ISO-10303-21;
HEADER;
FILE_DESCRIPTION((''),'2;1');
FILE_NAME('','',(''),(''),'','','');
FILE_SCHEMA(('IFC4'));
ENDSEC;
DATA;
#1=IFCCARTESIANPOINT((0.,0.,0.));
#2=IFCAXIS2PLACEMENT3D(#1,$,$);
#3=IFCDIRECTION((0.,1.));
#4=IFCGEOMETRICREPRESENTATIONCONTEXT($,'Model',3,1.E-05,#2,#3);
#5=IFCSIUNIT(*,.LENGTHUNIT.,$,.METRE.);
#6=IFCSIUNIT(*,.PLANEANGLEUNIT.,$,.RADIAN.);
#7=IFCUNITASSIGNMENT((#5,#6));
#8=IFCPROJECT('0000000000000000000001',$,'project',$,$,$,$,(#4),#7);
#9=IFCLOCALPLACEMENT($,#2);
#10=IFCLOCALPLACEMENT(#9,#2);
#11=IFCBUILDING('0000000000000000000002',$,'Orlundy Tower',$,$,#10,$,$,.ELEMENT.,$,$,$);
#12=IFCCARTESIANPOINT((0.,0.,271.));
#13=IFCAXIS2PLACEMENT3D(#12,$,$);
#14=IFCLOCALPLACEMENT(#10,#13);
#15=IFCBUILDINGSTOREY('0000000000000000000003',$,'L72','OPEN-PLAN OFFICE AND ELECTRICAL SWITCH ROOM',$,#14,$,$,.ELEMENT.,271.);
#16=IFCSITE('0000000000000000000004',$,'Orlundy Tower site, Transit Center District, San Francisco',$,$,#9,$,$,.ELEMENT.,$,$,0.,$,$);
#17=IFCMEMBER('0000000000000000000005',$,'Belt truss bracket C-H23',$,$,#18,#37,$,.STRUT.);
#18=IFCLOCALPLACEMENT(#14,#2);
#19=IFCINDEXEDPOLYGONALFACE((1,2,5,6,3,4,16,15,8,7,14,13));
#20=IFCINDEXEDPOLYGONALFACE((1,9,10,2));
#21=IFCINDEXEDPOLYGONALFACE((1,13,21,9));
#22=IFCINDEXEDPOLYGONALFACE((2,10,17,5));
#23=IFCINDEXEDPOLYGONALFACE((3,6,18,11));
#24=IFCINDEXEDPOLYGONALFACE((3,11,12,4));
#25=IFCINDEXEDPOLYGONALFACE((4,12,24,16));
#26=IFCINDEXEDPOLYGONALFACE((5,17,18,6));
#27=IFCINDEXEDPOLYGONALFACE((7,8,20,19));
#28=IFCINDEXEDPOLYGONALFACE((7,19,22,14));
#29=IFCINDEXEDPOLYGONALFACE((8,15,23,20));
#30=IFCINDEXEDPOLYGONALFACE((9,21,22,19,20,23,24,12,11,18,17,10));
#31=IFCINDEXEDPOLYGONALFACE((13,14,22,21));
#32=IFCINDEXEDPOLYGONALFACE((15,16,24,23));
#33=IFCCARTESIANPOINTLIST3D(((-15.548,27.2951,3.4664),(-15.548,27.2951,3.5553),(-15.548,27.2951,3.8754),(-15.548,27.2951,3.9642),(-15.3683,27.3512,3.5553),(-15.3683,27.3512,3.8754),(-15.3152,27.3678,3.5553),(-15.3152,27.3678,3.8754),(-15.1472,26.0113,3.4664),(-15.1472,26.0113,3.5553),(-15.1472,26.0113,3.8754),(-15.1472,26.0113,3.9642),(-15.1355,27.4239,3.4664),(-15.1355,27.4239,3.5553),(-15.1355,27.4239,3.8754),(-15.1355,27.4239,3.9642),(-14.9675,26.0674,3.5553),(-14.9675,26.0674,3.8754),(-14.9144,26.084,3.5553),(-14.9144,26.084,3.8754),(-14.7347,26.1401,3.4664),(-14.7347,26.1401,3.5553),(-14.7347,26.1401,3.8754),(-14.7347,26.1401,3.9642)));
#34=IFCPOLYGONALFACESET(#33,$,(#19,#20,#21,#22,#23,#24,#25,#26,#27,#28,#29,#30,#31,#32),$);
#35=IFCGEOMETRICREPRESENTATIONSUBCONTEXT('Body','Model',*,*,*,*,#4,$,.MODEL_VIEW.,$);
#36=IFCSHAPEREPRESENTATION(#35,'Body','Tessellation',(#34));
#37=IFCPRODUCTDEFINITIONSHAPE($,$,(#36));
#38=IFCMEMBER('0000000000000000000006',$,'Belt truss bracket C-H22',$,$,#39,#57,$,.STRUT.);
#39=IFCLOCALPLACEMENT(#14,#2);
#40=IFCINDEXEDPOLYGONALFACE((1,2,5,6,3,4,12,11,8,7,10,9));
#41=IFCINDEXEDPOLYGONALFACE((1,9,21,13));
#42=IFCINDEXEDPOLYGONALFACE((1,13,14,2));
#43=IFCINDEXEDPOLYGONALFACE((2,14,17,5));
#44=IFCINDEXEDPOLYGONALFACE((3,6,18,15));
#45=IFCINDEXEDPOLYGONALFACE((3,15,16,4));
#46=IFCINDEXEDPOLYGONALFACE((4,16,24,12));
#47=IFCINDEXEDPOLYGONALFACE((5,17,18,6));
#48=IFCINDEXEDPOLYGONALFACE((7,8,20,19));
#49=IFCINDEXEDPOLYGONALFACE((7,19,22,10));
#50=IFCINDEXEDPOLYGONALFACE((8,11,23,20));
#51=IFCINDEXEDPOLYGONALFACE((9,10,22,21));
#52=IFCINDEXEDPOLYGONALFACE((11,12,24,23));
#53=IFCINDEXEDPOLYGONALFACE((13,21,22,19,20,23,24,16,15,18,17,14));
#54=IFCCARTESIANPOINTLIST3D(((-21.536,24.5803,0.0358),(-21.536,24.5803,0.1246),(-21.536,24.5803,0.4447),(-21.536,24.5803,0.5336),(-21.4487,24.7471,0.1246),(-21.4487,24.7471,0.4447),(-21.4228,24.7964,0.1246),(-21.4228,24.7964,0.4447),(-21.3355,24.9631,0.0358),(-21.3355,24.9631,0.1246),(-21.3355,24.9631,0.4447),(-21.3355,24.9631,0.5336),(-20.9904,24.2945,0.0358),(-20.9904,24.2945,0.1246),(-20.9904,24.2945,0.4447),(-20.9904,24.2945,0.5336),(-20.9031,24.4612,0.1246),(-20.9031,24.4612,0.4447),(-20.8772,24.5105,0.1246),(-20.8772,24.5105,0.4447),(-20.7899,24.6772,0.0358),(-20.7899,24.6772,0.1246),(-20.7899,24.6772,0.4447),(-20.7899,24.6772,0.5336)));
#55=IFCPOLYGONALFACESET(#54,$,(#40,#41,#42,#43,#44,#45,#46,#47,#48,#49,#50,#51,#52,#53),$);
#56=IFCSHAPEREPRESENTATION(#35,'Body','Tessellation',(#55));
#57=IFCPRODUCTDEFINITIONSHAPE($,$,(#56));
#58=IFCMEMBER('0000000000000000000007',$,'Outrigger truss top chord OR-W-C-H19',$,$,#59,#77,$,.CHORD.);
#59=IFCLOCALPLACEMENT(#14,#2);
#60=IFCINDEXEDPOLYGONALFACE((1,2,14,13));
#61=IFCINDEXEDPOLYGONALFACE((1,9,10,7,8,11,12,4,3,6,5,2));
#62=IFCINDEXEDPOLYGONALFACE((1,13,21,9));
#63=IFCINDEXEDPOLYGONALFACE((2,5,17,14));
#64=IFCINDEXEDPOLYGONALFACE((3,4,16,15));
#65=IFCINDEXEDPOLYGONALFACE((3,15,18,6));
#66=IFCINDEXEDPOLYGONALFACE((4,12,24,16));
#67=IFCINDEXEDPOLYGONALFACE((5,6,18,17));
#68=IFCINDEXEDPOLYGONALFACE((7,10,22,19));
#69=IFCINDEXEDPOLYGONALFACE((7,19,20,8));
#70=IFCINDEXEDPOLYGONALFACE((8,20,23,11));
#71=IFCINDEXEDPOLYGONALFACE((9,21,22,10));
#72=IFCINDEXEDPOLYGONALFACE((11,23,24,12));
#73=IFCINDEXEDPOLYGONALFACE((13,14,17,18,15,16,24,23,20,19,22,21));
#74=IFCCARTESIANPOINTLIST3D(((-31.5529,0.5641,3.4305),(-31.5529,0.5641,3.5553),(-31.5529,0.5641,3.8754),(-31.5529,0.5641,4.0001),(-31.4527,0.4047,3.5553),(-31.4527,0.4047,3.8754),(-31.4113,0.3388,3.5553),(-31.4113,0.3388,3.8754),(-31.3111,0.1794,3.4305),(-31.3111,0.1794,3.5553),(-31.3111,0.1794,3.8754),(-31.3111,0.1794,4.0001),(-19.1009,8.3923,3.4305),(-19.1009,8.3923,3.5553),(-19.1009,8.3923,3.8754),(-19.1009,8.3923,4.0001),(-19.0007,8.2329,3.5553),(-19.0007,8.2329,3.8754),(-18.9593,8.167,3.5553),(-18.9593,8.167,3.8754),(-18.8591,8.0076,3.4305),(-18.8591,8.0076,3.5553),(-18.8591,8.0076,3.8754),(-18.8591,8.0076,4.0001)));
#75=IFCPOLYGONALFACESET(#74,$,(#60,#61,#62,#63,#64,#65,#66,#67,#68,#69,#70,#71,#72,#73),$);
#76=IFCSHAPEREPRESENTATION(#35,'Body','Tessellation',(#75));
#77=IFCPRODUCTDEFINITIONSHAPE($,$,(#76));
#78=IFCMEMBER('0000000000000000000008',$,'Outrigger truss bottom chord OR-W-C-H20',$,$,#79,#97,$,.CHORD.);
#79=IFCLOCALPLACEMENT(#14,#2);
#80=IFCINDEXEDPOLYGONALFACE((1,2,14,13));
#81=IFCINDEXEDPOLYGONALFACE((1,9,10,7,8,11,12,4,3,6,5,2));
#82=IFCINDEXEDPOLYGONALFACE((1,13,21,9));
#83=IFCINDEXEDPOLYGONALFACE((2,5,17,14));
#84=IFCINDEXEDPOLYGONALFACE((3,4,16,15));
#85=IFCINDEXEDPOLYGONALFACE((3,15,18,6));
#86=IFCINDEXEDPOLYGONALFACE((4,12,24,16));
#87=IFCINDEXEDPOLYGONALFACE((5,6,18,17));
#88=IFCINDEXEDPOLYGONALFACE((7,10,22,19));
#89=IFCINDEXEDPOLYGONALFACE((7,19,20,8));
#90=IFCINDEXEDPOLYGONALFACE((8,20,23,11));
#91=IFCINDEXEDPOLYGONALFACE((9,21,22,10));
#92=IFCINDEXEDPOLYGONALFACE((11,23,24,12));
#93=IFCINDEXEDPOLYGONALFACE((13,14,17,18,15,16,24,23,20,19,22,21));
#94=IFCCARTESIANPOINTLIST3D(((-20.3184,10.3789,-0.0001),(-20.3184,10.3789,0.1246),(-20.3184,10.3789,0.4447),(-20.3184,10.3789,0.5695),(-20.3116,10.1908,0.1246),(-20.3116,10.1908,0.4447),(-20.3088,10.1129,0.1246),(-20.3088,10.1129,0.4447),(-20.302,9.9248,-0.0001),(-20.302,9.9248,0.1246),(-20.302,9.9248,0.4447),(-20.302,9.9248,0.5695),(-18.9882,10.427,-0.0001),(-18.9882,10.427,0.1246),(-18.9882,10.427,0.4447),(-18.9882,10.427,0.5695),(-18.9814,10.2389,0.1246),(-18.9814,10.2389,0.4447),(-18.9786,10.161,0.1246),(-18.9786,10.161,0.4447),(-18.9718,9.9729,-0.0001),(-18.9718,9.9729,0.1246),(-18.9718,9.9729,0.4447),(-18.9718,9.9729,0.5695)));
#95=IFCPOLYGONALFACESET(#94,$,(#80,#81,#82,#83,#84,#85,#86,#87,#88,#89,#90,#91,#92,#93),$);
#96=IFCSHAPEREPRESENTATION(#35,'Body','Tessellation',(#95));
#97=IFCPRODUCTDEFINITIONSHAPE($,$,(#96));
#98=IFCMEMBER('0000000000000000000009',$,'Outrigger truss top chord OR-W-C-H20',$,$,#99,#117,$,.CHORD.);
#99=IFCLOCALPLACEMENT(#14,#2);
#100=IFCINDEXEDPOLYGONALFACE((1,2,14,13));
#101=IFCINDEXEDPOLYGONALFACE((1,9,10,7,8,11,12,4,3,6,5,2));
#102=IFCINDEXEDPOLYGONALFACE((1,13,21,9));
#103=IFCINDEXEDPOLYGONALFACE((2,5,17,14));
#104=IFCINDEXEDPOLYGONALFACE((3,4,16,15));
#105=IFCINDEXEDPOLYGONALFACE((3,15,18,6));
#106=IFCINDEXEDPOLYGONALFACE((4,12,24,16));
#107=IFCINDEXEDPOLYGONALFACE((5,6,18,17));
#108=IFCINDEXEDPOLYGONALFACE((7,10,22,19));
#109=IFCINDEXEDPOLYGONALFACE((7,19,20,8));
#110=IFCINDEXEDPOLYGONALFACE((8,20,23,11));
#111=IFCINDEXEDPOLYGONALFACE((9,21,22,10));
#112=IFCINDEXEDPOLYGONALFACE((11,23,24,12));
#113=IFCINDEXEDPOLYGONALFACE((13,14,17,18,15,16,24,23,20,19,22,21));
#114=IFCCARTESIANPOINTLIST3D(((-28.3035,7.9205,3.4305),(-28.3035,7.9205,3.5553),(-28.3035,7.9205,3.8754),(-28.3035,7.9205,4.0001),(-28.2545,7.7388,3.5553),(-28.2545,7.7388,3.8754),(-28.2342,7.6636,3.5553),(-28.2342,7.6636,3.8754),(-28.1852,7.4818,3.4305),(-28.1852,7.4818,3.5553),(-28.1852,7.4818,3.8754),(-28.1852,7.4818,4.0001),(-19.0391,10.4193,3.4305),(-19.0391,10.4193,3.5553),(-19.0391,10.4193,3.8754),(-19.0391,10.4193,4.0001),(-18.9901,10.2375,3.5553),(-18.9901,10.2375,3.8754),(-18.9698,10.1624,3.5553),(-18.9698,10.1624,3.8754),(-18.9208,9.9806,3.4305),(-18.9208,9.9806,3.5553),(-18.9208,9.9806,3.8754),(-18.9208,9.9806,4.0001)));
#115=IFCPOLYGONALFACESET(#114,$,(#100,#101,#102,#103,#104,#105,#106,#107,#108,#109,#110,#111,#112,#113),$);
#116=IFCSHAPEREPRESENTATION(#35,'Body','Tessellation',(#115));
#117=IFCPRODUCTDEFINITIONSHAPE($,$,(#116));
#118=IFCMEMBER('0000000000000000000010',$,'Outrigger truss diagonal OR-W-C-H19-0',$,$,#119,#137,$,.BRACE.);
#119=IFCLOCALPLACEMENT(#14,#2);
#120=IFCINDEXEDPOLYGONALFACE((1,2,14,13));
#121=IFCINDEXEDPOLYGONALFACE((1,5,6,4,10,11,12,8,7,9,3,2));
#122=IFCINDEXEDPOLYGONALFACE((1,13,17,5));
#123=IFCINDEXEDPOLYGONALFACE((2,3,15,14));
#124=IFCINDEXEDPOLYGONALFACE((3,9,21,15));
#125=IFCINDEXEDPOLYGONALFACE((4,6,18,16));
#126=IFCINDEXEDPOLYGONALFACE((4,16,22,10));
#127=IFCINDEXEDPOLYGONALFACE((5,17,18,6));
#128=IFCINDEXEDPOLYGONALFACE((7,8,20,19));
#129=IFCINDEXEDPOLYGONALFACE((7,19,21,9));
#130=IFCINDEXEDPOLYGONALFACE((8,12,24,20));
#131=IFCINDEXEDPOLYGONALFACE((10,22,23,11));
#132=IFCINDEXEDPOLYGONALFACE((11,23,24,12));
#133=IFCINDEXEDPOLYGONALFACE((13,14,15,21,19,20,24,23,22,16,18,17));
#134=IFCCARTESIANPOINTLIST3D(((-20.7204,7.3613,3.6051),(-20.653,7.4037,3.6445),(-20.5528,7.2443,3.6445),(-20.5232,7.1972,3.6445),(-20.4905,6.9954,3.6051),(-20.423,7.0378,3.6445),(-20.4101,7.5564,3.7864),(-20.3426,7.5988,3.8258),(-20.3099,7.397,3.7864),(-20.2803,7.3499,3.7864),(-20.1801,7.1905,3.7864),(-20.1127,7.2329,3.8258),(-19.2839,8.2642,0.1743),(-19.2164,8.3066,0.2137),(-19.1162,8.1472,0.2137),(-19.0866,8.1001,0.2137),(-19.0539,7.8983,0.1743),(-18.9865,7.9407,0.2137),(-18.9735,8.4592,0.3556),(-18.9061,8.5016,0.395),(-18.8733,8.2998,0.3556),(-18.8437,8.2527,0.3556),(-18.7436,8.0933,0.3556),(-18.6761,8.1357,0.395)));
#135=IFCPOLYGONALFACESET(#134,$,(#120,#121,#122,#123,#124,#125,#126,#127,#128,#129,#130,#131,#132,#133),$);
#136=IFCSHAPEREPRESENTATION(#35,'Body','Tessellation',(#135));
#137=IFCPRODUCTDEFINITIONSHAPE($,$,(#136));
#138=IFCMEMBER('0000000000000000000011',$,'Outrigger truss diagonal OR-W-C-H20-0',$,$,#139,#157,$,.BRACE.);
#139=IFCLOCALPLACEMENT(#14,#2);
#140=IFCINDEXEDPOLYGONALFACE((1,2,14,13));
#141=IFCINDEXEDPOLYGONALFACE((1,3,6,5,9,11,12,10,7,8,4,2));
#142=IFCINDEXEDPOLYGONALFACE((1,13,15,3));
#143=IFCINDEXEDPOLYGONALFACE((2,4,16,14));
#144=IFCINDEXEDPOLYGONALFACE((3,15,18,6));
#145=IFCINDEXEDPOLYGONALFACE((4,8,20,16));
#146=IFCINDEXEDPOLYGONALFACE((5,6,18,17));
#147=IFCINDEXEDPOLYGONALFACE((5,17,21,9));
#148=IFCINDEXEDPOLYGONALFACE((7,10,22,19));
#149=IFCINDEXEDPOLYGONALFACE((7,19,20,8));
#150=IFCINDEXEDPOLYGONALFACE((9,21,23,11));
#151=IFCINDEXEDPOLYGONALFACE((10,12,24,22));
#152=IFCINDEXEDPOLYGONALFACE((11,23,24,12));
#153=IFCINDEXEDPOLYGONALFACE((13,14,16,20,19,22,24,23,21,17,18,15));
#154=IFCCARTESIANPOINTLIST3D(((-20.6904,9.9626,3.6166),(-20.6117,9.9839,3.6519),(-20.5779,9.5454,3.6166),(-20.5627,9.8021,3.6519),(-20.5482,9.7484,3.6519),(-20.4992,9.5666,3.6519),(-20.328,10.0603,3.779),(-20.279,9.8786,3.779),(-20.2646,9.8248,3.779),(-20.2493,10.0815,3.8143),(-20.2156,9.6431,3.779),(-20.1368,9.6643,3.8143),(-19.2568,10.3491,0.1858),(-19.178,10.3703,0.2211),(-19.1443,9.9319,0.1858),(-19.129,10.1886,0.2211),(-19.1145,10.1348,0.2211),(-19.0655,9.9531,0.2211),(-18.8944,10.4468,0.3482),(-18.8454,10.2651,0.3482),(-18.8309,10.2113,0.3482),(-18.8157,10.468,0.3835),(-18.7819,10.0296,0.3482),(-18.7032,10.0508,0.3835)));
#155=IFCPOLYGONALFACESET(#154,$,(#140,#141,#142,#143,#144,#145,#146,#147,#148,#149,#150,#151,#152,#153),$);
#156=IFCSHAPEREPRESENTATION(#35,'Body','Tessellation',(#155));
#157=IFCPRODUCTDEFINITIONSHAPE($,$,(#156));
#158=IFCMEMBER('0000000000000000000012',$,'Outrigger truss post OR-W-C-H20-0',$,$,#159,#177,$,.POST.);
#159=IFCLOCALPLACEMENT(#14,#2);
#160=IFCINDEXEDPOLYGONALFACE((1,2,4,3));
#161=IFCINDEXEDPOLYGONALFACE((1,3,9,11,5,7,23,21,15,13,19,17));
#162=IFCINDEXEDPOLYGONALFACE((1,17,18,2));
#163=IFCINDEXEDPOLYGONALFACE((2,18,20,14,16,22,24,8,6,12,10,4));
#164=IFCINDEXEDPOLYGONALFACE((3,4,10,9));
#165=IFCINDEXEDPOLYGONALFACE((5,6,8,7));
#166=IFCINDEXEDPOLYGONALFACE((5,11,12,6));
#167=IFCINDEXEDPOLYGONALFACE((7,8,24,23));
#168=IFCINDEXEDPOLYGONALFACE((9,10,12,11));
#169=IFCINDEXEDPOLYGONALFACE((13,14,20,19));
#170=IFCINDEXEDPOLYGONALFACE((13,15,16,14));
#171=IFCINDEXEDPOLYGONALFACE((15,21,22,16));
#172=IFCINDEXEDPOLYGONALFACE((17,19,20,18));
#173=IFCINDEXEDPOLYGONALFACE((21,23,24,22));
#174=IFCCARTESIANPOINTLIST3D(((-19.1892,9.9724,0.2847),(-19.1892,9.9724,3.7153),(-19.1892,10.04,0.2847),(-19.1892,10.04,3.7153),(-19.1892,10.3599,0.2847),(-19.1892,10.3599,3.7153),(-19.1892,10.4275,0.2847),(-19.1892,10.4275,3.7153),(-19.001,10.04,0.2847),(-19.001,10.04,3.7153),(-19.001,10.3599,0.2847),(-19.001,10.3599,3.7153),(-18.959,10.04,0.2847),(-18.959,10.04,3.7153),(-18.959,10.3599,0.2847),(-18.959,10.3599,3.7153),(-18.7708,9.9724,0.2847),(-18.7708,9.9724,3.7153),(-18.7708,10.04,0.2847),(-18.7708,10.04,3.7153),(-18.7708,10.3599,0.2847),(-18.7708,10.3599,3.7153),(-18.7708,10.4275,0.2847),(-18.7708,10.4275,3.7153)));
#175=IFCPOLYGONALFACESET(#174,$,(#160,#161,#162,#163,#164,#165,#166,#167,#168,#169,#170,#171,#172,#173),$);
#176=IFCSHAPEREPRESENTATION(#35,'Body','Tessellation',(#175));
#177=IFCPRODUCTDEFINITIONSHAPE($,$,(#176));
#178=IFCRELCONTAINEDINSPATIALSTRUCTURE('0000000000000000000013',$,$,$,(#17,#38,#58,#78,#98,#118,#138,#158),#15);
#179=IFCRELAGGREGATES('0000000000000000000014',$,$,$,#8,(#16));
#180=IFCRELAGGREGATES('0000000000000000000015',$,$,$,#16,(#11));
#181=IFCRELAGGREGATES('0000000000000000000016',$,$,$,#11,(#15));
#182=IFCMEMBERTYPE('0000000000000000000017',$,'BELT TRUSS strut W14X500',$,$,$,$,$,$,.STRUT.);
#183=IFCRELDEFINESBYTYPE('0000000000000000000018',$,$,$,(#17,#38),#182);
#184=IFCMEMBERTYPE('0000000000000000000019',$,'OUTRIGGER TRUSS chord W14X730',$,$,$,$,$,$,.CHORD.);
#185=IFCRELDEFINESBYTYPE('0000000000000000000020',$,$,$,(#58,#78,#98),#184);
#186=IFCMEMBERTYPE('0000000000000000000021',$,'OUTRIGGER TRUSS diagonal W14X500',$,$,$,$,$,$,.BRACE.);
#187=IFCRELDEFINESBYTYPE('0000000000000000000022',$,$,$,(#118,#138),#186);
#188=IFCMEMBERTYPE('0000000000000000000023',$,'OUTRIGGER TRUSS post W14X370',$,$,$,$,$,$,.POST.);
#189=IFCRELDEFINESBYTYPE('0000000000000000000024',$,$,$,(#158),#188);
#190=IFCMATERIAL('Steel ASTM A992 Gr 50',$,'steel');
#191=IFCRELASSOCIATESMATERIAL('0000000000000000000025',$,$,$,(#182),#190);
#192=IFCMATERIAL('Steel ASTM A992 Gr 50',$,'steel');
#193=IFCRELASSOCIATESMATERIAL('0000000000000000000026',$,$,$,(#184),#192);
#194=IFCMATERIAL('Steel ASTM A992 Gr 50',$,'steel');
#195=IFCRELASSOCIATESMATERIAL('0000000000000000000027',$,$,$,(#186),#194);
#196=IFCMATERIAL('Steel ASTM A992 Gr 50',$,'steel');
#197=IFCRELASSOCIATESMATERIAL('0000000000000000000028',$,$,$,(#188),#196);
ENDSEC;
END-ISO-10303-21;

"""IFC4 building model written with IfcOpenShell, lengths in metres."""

from ifc_helpers import new_model, si_unit, direction, frame, origin, origin_2d, place, context, subcontext, project, spatial, i_section, extrude, material, material_profile, profile_set, type_object, element, save


model = new_model("IFC4")

# Units and contexts
model_context = context("Model", 3, precision=1e-05, world=origin(), true_north=direction((0.0, 1.0)))
body_context = subcontext(model_context, "Body", "Model", "MODEL_VIEW")
ifc_project = project(units=[si_unit("LENGTHUNIT", "METRE"), si_unit("PLANEANGLEUNIT", "RADIAN")], contexts=[model_context])

# Site, building, storey
site_placement = place(None, origin())
site = spatial("IfcSite", under=ifc_project, at=site_placement, Name="Orlundy Tower site, Transit Center District, San Francisco", CompositionType="ELEMENT", RefElevation=0.0)
building_placement = place(site_placement, origin())
building = spatial("IfcBuilding", under=site, at=building_placement, Name="Orlundy Tower", CompositionType="ELEMENT")
storey_placement = place(building_placement, frame((0.0, 0.0, 271.0)))
storey = spatial("IfcBuildingStorey", under=building, at=storey_placement, Name="L72", Description="OPEN-PLAN OFFICE AND ELECTRICAL SWITCH ROOM", CompositionType="ELEMENT", Elevation=271.0)

# Members
ifc_material_1 = material(Name="Steel ASTM A992 Gr 50", Category="steel")
ifc_material_profile_1 = material_profile(ifc_material_1, i_section(OverallWidth=0.4321, OverallDepth=0.4978, WebThickness=0.0557, FlangeThickness=0.0889, at=origin_2d()), Name="W14X500")
ifc_profile_set_1 = profile_set([ifc_material_profile_1], Name="Steel ASTM A992 Gr 50")
member_type_1 = type_object("IfcMemberType", Name="BELT TRUSS strut W14X500", PredefinedType="STRUT", material=ifc_profile_set_1)
member_1_placement = place(storey_placement, frame((-14.9409, 26.0757, 3.7153), z_axis=(-0.298037, 0.954554, 0.0), x_axis=(-0.954554, -0.298037, 0.0)))
element("IfcMember", 1, at=member_1_placement, inside=storey, type_object=member_type_1, Name="Belt truss bracket C-H23", PredefinedType="STRUT", context=body_context, shape_type="SweptSolid", body=[
    extrude(i_section(OverallWidth=0.4321, OverallDepth=0.4978, WebThickness=0.0557, FlangeThickness=0.0889, at=origin_2d()), origin(), (0.0, 0.0, 1.0), 1.345),
])
member_2_placement = place(storey_placement, frame((-20.8901, 24.4858, 0.2847), z_axis=(-0.885785, 0.464096, 0.0), x_axis=(-0.464096, -0.885785, 0.0)))
element("IfcMember", 2, at=member_2_placement, inside=storey, type_object=member_type_1, Name="Belt truss bracket C-H22", PredefinedType="STRUT", context=body_context, shape_type="SweptSolid", body=[
    extrude(i_section(OverallWidth=0.4321, OverallDepth=0.4978, WebThickness=0.0557, FlangeThickness=0.0889, at=origin_2d()), origin(), (0.0, 0.0, 1.0), 0.616),
])
ifc_material_2 = material(Name="Steel ASTM A992 Gr 50", Category="steel")
ifc_material_profile_2 = material_profile(ifc_material_2, i_section(OverallWidth=0.4543, OverallDepth=0.5696, WebThickness=0.0779, FlangeThickness=0.1248, at=origin_2d()), Name="W14X730")
ifc_profile_set_2 = profile_set([ifc_material_profile_2], Name="Steel ASTM A992 Gr 50")
member_type_2 = type_object("IfcMemberType", Name="OUTRIGGER TRUSS chord W14X730", PredefinedType="CHORD", material=ifc_profile_set_2)
member_3_placement = place(storey_placement, frame((-18.98, 8.2, 3.7153), z_axis=(-0.846599, -0.532231, 0.0), x_axis=(0.532231, -0.846599, 0.0)))
element("IfcMember", 3, at=member_3_placement, inside=storey, type_object=member_type_2, Name="Outrigger truss top chord OR-W-C-H19", PredefinedType="CHORD", context=body_context, shape_type="SweptSolid", body=[
    extrude(i_section(OverallWidth=0.4543, OverallDepth=0.5696, WebThickness=0.0779, FlangeThickness=0.1248, at=origin_2d()), origin(), (0.0, 0.0, 1.0), 14.7083),
])
member_4_placement = place(storey_placement, frame((-18.98, 10.2, 0.2847), z_axis=(-0.999347, -0.036136, 0.0), x_axis=(0.036136, -0.999347, 0.0)))
element("IfcMember", 4, at=member_4_placement, inside=storey, type_object=member_type_2, Name="Outrigger truss bottom chord OR-W-C-H20", PredefinedType="CHORD", context=body_context, shape_type="SweptSolid", body=[
    extrude(i_section(OverallWidth=0.4543, OverallDepth=0.5696, WebThickness=0.0779, FlangeThickness=0.1248, at=origin_2d()), origin(), (0.0, 0.0, 1.0), 1.3311),
])
member_5_placement = place(storey_placement, frame((-18.98, 10.2, 3.7153), z_axis=(-0.965497, -0.260412, 0.0), x_axis=(0.260412, -0.965497, 0.0)))
element("IfcMember", 5, at=member_5_placement, inside=storey, type_object=member_type_2, Name="Outrigger truss top chord OR-W-C-H20", PredefinedType="CHORD", context=body_context, shape_type="SweptSolid", body=[
    extrude(i_section(OverallWidth=0.4543, OverallDepth=0.5696, WebThickness=0.0779, FlangeThickness=0.1248, at=origin_2d()), origin(), (0.0, 0.0, 1.0), 9.5955),
])
ifc_material_3 = material(Name="Steel ASTM A992 Gr 50", Category="steel")
ifc_material_profile_3 = material_profile(ifc_material_3, i_section(OverallWidth=0.4321, OverallDepth=0.4978, WebThickness=0.0557, FlangeThickness=0.0889, at=origin_2d()), Name="W14X500")
ifc_profile_set_3 = profile_set([ifc_material_profile_3], Name="Steel ASTM A992 Gr 50")
member_type_3 = type_object("IfcMemberType", Name="OUTRIGGER TRUSS diagonal W14X500", PredefinedType="BRACE", material=ifc_profile_set_3)
member_6_placement = place(storey_placement, frame((-18.98, 8.2, 0.2847), z_axis=(-0.375337, -0.235893, 0.896369), x_axis=(0.532118, -0.84667, 0.0)))
element("IfcMember", 6, at=member_6_placement, inside=storey, type_object=member_type_3, Name="Outrigger truss diagonal OR-W-C-H19-0", PredefinedType="BRACE", context=body_context, shape_type="SweptSolid", body=[
    extrude(i_section(OverallWidth=0.4321, OverallDepth=0.4978, WebThickness=0.0557, FlangeThickness=0.0889, at=origin_2d()), origin(), (0.0, 0.0, 1.0), 3.8274),
])
member_7_placement = place(storey_placement, frame((-18.98, 10.2, 0.2847), z_axis=(-0.3835, -0.103386, 0.917736), x_axis=(0.260292, -0.96553, 0.0)))
element("IfcMember", 7, at=member_7_placement, inside=storey, type_object=member_type_3, Name="Outrigger truss diagonal OR-W-C-H20-0", PredefinedType="BRACE", context=body_context, shape_type="SweptSolid", body=[
    extrude(i_section(OverallWidth=0.4321, OverallDepth=0.4978, WebThickness=0.0557, FlangeThickness=0.0889, at=origin_2d()), origin(), (0.0, 0.0, 1.0), 3.7383),
])
ifc_material_4 = material(Name="Steel ASTM A992 Gr 50", Category="steel")
ifc_material_profile_4 = material_profile(ifc_material_4, i_section(OverallWidth=0.4185, OverallDepth=0.4551, WebThickness=0.042, FlangeThickness=0.0676, at=origin_2d()), Name="W14X370")
ifc_profile_set_4 = profile_set([ifc_material_profile_4], Name="Steel ASTM A992 Gr 50")
member_type_4 = type_object("IfcMemberType", Name="OUTRIGGER TRUSS post W14X370", PredefinedType="POST", material=ifc_profile_set_4)
member_8_placement = place(storey_placement, frame((-18.98, 10.2, 0.2847), z_axis=(0.0, 0.0, 1.0), x_axis=(1.0, 0.0, 0.0)))
element("IfcMember", 8, at=member_8_placement, inside=storey, type_object=member_type_4, Name="Outrigger truss post OR-W-C-H20-0", PredefinedType="POST", context=body_context, shape_type="SweptSolid", body=[
    extrude(i_section(OverallWidth=0.4185, OverallDepth=0.4551, WebThickness=0.042, FlangeThickness=0.0676, at=origin_2d()), origin(), (0.0, 0.0, 1.0), 3.4307),
])

save(model, "model.ifc")
